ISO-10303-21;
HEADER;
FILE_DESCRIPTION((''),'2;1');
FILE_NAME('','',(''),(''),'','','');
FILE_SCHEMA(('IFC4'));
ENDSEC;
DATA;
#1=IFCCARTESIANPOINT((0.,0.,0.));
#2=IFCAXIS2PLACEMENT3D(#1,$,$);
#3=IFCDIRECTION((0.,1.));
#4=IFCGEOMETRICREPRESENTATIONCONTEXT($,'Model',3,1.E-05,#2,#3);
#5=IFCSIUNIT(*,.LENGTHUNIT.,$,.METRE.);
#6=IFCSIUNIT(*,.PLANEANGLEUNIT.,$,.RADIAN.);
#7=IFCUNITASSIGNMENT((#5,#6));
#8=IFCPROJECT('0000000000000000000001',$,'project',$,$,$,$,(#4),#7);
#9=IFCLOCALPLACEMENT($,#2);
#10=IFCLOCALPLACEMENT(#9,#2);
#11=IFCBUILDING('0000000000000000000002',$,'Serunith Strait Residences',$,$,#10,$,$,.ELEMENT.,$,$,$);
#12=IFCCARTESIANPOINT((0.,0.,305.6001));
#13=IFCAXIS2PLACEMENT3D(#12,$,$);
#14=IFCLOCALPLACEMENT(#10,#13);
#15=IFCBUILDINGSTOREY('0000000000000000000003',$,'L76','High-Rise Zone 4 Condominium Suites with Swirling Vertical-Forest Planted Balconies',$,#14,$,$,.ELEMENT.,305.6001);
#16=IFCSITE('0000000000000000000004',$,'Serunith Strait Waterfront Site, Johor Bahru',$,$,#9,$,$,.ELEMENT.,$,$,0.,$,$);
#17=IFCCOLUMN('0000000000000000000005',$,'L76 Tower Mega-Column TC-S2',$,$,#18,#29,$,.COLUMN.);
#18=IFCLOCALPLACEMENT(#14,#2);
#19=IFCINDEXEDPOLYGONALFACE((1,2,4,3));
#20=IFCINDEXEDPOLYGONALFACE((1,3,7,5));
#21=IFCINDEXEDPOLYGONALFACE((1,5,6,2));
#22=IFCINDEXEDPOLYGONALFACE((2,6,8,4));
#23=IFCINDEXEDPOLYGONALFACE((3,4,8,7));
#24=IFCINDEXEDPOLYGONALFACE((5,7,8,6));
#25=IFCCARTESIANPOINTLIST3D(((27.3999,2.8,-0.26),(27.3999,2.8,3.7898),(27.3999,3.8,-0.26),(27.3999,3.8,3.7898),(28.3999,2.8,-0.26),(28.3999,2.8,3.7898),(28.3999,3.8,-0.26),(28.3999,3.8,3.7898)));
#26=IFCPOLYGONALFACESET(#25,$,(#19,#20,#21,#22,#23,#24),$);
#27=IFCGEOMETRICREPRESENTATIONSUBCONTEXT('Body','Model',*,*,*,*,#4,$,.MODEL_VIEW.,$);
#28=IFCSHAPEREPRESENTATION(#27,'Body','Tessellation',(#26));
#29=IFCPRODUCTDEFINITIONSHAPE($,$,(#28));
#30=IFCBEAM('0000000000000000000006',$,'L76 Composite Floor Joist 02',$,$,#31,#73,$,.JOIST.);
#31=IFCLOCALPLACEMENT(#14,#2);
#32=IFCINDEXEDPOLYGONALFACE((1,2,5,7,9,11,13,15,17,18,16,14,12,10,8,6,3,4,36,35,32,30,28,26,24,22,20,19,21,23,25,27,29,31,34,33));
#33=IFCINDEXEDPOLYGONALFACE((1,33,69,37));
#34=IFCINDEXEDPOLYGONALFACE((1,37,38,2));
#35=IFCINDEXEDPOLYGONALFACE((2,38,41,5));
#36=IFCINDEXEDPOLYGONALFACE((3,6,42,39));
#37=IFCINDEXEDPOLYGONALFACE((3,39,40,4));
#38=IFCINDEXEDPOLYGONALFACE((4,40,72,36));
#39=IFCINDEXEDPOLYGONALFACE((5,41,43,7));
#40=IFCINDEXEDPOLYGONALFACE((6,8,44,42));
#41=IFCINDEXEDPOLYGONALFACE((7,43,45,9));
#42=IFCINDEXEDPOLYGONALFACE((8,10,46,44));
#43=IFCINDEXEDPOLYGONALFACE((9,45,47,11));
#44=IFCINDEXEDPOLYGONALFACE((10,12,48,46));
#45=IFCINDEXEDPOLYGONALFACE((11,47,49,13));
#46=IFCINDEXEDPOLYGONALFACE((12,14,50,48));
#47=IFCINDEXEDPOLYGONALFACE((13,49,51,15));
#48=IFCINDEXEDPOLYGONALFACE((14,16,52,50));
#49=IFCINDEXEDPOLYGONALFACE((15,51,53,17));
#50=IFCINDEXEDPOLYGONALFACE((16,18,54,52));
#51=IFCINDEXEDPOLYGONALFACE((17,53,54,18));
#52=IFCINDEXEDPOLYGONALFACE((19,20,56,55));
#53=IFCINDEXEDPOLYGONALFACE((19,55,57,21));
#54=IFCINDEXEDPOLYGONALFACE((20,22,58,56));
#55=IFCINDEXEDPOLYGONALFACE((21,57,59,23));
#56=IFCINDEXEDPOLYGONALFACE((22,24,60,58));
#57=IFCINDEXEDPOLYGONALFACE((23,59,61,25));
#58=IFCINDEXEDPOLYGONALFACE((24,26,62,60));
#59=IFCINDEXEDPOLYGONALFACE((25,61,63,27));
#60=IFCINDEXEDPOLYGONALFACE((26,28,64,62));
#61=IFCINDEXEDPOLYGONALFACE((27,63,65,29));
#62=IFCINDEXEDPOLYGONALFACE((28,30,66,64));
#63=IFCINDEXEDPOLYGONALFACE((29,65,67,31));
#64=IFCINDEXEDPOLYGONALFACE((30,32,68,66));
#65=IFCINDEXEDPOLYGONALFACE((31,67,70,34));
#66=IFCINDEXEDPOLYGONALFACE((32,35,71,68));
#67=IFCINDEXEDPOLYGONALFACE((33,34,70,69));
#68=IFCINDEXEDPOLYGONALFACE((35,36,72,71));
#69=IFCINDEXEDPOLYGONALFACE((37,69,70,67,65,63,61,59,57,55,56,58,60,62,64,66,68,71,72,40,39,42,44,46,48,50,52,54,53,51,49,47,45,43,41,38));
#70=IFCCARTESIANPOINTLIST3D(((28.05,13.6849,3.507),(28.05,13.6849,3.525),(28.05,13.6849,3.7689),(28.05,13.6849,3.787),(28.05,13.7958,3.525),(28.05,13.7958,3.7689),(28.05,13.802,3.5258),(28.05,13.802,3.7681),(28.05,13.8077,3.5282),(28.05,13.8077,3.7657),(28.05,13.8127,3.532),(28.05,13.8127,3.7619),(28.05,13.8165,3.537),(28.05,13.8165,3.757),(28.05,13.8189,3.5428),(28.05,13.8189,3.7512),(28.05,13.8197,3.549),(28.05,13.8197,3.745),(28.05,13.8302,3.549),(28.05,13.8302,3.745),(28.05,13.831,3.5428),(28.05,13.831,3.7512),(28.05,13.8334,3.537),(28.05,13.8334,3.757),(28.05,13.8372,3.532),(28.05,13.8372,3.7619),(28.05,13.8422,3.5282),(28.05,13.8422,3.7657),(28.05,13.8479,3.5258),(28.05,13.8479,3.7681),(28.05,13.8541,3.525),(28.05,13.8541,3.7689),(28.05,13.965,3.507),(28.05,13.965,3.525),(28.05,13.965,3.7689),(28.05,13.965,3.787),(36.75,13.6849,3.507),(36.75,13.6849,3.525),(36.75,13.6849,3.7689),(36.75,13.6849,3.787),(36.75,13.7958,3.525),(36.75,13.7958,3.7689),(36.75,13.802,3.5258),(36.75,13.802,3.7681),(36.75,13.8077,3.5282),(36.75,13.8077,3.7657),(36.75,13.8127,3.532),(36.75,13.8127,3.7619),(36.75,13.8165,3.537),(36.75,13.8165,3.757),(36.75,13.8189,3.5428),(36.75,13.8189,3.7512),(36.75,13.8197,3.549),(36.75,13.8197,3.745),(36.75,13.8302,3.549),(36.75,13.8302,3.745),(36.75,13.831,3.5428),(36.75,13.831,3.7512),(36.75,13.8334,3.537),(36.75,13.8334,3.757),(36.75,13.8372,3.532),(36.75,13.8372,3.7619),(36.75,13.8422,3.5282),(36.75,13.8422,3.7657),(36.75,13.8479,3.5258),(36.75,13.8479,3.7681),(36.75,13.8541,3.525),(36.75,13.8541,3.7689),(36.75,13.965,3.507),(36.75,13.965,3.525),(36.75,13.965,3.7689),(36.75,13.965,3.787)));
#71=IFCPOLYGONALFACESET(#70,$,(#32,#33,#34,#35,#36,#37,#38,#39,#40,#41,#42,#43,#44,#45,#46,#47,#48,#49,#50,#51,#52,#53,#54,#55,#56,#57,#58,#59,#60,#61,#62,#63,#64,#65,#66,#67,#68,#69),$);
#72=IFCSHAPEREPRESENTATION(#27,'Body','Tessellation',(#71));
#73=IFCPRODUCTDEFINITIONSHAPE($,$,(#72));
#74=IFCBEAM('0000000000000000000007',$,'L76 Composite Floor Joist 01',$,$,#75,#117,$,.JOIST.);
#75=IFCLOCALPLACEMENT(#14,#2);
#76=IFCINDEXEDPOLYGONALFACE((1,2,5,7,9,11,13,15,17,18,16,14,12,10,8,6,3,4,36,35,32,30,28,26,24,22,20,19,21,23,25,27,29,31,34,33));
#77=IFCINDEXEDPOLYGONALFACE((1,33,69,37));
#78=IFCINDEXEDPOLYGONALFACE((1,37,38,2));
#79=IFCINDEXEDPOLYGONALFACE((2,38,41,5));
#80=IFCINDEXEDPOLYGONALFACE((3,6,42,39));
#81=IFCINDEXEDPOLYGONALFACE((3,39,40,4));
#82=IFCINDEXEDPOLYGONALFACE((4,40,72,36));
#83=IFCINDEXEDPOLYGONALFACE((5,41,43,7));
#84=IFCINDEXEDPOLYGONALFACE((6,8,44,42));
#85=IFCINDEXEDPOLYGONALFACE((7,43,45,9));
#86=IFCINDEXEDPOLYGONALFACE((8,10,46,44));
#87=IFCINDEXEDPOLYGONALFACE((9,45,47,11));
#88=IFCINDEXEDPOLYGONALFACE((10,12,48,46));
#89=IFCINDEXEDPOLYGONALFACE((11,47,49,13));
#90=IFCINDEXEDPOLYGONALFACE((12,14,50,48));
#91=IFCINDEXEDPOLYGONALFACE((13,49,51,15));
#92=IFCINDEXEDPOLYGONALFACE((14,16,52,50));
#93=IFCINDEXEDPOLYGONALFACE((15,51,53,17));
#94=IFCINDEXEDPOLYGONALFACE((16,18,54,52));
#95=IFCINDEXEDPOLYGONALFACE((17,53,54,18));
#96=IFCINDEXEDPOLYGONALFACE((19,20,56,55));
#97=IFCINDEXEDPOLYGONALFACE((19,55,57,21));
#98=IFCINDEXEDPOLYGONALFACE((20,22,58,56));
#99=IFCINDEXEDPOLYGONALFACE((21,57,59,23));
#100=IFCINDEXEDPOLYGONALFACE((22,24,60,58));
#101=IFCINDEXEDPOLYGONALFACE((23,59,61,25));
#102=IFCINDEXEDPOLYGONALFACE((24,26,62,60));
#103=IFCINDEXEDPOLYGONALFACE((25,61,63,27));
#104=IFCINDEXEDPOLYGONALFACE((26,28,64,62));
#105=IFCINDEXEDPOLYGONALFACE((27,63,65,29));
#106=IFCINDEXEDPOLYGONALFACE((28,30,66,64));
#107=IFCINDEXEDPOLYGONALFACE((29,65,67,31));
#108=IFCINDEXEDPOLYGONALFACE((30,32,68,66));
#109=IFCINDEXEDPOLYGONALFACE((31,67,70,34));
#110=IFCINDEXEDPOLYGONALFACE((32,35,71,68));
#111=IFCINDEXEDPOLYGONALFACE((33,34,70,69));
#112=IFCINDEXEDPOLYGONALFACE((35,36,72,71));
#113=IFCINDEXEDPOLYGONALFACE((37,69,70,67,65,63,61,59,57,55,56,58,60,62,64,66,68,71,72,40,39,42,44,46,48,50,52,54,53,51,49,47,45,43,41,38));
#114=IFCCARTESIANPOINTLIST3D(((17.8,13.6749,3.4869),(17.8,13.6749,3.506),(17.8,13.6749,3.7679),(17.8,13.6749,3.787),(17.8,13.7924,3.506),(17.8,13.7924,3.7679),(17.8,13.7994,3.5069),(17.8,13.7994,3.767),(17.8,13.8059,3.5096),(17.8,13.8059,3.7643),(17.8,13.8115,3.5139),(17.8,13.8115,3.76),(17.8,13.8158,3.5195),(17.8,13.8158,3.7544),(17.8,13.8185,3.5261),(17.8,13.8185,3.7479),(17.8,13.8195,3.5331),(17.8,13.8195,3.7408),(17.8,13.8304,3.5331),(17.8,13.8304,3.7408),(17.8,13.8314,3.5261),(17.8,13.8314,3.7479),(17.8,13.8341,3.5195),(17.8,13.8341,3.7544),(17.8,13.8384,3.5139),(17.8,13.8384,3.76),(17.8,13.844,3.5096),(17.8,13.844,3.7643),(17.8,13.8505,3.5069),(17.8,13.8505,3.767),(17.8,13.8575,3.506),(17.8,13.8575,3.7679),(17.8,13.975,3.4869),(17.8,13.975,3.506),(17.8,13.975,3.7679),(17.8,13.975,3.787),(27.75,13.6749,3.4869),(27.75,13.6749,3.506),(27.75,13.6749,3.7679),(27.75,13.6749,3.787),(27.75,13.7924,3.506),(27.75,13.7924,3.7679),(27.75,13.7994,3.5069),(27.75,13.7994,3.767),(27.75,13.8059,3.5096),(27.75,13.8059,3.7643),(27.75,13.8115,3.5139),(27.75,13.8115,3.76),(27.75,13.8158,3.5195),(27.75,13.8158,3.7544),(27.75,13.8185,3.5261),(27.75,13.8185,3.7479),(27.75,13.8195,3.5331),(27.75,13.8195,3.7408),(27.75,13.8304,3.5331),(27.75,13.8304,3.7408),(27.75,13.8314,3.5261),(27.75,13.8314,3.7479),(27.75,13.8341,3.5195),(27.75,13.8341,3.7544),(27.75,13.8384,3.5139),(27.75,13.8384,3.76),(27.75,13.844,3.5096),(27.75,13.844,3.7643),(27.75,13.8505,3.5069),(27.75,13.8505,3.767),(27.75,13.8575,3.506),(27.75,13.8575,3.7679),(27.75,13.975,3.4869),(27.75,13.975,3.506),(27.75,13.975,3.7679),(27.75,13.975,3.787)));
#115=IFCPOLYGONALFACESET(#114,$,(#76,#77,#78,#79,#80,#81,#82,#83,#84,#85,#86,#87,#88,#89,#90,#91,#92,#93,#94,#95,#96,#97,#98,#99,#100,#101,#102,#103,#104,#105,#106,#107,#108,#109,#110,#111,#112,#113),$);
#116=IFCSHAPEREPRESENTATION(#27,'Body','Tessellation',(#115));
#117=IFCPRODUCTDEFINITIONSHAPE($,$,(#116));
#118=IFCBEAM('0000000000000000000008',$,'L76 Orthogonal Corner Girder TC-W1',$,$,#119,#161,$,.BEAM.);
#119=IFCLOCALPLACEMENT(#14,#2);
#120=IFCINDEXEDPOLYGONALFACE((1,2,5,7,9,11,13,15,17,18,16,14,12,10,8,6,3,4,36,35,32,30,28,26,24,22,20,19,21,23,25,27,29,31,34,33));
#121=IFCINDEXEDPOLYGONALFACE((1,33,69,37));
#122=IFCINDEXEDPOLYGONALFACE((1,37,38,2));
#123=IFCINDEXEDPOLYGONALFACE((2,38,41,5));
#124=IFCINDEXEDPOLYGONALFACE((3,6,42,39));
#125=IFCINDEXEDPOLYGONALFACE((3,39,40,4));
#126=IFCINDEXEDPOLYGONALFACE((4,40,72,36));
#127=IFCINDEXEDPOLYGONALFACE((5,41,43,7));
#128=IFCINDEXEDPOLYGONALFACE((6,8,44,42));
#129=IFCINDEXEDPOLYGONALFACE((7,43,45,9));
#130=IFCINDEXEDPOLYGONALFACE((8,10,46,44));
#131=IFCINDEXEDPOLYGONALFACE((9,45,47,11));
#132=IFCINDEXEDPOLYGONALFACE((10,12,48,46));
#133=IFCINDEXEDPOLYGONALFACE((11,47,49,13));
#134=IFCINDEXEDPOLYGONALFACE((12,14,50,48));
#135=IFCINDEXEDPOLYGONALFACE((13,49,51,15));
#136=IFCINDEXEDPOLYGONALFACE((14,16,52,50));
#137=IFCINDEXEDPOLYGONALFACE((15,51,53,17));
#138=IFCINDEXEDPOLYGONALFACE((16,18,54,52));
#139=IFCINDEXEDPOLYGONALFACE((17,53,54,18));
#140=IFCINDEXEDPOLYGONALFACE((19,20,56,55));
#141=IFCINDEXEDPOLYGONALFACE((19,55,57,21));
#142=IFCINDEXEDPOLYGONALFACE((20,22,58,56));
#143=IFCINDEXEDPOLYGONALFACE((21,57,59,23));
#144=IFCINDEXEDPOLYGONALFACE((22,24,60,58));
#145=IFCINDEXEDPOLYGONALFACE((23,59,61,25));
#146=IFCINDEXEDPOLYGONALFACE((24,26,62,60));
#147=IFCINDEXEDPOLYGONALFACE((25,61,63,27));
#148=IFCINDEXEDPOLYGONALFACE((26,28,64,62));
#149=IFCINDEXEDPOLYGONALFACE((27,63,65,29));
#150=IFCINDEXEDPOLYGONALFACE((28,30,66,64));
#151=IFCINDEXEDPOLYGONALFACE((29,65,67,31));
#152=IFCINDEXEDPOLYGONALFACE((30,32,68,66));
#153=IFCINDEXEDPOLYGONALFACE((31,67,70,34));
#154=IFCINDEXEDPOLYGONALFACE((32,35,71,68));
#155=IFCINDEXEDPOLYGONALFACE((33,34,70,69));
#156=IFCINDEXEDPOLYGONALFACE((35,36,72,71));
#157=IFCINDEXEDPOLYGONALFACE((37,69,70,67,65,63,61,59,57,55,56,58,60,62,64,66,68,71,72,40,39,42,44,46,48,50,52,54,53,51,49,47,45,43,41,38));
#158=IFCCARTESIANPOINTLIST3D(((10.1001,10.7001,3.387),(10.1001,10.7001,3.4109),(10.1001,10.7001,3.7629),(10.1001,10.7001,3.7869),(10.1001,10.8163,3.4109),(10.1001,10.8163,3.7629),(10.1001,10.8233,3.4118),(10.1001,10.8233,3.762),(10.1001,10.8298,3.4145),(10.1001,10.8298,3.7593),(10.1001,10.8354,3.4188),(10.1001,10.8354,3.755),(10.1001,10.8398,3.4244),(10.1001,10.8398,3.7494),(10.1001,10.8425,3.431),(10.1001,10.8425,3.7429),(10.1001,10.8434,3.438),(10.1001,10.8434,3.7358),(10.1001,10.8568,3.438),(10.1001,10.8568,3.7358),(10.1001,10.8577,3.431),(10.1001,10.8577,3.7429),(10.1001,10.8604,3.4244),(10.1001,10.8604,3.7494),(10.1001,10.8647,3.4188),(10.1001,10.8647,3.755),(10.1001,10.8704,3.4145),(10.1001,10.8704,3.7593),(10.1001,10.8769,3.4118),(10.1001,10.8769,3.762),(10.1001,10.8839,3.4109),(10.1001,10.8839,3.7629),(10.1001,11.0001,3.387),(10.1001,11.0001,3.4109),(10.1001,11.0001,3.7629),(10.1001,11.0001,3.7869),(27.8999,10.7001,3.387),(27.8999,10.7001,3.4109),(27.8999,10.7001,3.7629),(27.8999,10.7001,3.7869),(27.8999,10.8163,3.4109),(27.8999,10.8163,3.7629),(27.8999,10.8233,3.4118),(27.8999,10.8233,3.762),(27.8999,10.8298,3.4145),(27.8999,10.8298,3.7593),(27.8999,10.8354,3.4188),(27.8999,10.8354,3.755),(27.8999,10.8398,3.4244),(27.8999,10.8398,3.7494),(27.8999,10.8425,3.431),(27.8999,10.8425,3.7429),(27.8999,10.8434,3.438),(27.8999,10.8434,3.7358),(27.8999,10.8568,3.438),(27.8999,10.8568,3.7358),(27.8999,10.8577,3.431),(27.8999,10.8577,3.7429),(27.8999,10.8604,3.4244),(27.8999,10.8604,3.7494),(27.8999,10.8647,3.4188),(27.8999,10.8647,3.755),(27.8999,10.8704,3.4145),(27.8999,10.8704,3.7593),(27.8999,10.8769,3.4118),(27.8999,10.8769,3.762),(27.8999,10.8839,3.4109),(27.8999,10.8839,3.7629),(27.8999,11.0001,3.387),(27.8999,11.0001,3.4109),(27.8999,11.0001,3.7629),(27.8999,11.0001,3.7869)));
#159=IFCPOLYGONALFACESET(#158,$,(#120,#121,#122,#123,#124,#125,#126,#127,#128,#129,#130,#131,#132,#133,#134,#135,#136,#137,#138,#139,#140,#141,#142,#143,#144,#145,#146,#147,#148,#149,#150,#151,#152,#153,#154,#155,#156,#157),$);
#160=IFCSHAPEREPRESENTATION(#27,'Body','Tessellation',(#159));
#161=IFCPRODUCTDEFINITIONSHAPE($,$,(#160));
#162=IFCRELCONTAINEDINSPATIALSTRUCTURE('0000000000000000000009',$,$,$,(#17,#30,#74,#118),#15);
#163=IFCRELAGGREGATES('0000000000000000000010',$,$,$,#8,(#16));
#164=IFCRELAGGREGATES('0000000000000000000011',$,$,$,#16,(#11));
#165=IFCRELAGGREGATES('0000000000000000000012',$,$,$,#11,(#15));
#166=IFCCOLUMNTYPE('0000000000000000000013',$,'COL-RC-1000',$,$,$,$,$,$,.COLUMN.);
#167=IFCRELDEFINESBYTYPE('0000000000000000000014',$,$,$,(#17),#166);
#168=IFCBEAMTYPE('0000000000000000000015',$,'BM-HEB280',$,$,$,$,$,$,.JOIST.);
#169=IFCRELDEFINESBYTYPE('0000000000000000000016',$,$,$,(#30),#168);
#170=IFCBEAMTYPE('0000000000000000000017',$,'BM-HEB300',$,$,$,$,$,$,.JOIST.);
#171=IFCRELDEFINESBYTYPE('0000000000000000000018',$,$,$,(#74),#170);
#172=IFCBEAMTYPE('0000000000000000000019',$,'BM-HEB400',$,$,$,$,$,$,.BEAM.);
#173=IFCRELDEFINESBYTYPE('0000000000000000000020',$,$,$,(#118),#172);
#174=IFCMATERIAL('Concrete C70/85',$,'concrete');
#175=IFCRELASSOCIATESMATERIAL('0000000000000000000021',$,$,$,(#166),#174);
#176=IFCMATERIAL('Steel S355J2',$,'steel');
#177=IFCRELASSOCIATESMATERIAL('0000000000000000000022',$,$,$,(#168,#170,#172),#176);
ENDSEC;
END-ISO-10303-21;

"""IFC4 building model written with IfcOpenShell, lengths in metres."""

from ifc_helpers import new_model, si_unit, direction, frame, origin, origin_2d, place, context, subcontext, project, spatial, rectangle, i_section, extrude, source, transform, mapped, material, material_profile, profile_set, type_object, element, save


model = new_model("IFC4")

# Units and contexts
model_context = context("Model", 3, precision=1e-05, world=origin(), true_north=direction((0.0, 1.0)))
body_context = subcontext(model_context, "Body", "Model", "MODEL_VIEW")
ifc_project = project(units=[si_unit("LENGTHUNIT", "METRE"), si_unit("PLANEANGLEUNIT", "RADIAN")], contexts=[model_context])

# Site, building, storey
site_placement = place(None, origin())
site = spatial("IfcSite", under=ifc_project, at=site_placement, Name="Serunith Strait Waterfront Site, Johor Bahru", CompositionType="ELEMENT", RefElevation=0.0)
building_placement = place(site_placement, origin())
building = spatial("IfcBuilding", under=site, at=building_placement, Name="Serunith Strait Residences", CompositionType="ELEMENT")
storey_placement = place(building_placement, frame((0.0, 0.0, 305.6001)))
storey = spatial("IfcBuildingStorey", under=building, at=storey_placement, Name="L76", Description="High-Rise Zone 4 Condominium Suites with Swirling Vertical-Forest Planted Balconies", CompositionType="ELEMENT", Elevation=305.6001)

# Column
ifc_material_1 = material(Name="Concrete C70/85", Category="concrete")
ifc_material_profile_1 = material_profile(ifc_material_1, rectangle(XDim=1.0, YDim=1.0, at=origin_2d()), Name="RC 1000x1000")
ifc_profile_set_1 = profile_set([ifc_material_profile_1], Name="Concrete C70/85")
column_type = type_object("IfcColumnType", Name="COL-RC-1000", PredefinedType="COLUMN", material=ifc_profile_set_1)
shared_shape_1 = source(origin(), body_context, "Body", "SweptSolid", [
    extrude(rectangle(XDim=1.0, YDim=1.0, at=origin_2d()), origin(), (0.0, 0.0, 1.0), 4.0498),
])
column_placement = place(storey_placement, frame((27.8999, 3.3, -0.26), z_axis=(0.0, 0.0, 1.0), x_axis=(1.0, 0.0, 0.0)))
element("IfcColumn", 1, at=column_placement, inside=storey, type_object=column_type, Name="L76 Tower Mega-Column TC-S2", PredefinedType="COLUMN", context=body_context, shape_type="MappedRepresentation", body=[
    mapped(shared_shape_1, transform((0.0, 0.0, 0.0), scale=1.0)),
])

# Beams
ifc_material_2 = material(Name="Steel S355J2", Category="steel")
ifc_material_profile_2 = material_profile(ifc_material_2, i_section(OverallWidth=0.28, OverallDepth=0.28, WebThickness=0.0105, FlangeThickness=0.0181, FilletRadius=0.0239, at=origin_2d()), Name="HEB 280")
ifc_profile_set_2 = profile_set([ifc_material_profile_2], Name="Steel S355J2")
beam_type_1 = type_object("IfcBeamType", Name="BM-HEB280", PredefinedType="JOIST", material=ifc_profile_set_2)
shared_shape_2 = source(origin(), body_context, "Body", "SweptSolid", [
    extrude(i_section(OverallWidth=0.28, OverallDepth=0.28, WebThickness=0.0105, FlangeThickness=0.0181, FilletRadius=0.0239, at=origin_2d()), origin(), (0.0, 0.0, 1.0), 8.7),
])
beam_1_placement = place(storey_placement, frame((28.05, 13.825, 3.647), z_axis=(1.0, 0.0, 0.0), x_axis=(0.0, 1.0, 0.0)))
element("IfcBeam", 2, at=beam_1_placement, inside=storey, type_object=beam_type_1, Name="L76 Composite Floor Joist 02", PredefinedType="JOIST", context=body_context, shape_type="MappedRepresentation", body=[
    mapped(shared_shape_2, transform((0.0, 0.0, 0.0), scale=1.0)),
])
ifc_material_profile_3 = material_profile(ifc_material_2, i_section(OverallWidth=0.3, OverallDepth=0.3, WebThickness=0.011, FlangeThickness=0.019, FilletRadius=0.0271, at=origin_2d()), Name="HEB 300")
ifc_profile_set_3 = profile_set([ifc_material_profile_3], Name="Steel S355J2")
beam_type_2 = type_object("IfcBeamType", Name="BM-HEB300", PredefinedType="JOIST", material=ifc_profile_set_3)
shared_shape_3 = source(origin(), body_context, "Body", "SweptSolid", [
    extrude(i_section(OverallWidth=0.3, OverallDepth=0.3, WebThickness=0.011, FlangeThickness=0.019, FilletRadius=0.0271, at=origin_2d()), origin(), (0.0, 0.0, 1.0), 9.95),
])
beam_2_placement = place(storey_placement, frame((17.8, 13.825, 3.637), z_axis=(1.0, 0.0, 0.0), x_axis=(0.0, 1.0, 0.0)))
element("IfcBeam", 3, at=beam_2_placement, inside=storey, type_object=beam_type_2, Name="L76 Composite Floor Joist 01", PredefinedType="JOIST", context=body_context, shape_type="MappedRepresentation", body=[
    mapped(shared_shape_3, transform((0.0, 0.0, 0.0), scale=1.0)),
])
ifc_material_profile_4 = material_profile(ifc_material_2, i_section(OverallWidth=0.3, OverallDepth=0.3999, WebThickness=0.0134, FlangeThickness=0.0239, FilletRadius=0.0271, at=origin_2d()), Name="HEB 400")
ifc_profile_set_4 = profile_set([ifc_material_profile_4], Name="Steel S355J2")
beam_type_3 = type_object("IfcBeamType", Name="BM-HEB400", PredefinedType="BEAM", material=ifc_profile_set_4)
shared_shape_4 = source(origin(), body_context, "Body", "SweptSolid", [
    extrude(i_section(OverallWidth=0.3, OverallDepth=0.3999, WebThickness=0.0134, FlangeThickness=0.0239, FilletRadius=0.0271, at=origin_2d()), origin(), (0.0, 0.0, 1.0), 17.7998),
])
beam_3_placement = place(storey_placement, frame((27.8999, 10.8501, 3.5869), z_axis=(-1.0, 0.0, 0.0), x_axis=(0.0, -1.0, 0.0)))
element("IfcBeam", 4, at=beam_3_placement, inside=storey, type_object=beam_type_3, Name="L76 Orthogonal Corner Girder TC-W1", PredefinedType="BEAM", context=body_context, shape_type="MappedRepresentation", body=[
    mapped(shared_shape_4, transform((0.0, 0.0, 0.0), scale=1.0)),
])

save(model, "model.ifc")
